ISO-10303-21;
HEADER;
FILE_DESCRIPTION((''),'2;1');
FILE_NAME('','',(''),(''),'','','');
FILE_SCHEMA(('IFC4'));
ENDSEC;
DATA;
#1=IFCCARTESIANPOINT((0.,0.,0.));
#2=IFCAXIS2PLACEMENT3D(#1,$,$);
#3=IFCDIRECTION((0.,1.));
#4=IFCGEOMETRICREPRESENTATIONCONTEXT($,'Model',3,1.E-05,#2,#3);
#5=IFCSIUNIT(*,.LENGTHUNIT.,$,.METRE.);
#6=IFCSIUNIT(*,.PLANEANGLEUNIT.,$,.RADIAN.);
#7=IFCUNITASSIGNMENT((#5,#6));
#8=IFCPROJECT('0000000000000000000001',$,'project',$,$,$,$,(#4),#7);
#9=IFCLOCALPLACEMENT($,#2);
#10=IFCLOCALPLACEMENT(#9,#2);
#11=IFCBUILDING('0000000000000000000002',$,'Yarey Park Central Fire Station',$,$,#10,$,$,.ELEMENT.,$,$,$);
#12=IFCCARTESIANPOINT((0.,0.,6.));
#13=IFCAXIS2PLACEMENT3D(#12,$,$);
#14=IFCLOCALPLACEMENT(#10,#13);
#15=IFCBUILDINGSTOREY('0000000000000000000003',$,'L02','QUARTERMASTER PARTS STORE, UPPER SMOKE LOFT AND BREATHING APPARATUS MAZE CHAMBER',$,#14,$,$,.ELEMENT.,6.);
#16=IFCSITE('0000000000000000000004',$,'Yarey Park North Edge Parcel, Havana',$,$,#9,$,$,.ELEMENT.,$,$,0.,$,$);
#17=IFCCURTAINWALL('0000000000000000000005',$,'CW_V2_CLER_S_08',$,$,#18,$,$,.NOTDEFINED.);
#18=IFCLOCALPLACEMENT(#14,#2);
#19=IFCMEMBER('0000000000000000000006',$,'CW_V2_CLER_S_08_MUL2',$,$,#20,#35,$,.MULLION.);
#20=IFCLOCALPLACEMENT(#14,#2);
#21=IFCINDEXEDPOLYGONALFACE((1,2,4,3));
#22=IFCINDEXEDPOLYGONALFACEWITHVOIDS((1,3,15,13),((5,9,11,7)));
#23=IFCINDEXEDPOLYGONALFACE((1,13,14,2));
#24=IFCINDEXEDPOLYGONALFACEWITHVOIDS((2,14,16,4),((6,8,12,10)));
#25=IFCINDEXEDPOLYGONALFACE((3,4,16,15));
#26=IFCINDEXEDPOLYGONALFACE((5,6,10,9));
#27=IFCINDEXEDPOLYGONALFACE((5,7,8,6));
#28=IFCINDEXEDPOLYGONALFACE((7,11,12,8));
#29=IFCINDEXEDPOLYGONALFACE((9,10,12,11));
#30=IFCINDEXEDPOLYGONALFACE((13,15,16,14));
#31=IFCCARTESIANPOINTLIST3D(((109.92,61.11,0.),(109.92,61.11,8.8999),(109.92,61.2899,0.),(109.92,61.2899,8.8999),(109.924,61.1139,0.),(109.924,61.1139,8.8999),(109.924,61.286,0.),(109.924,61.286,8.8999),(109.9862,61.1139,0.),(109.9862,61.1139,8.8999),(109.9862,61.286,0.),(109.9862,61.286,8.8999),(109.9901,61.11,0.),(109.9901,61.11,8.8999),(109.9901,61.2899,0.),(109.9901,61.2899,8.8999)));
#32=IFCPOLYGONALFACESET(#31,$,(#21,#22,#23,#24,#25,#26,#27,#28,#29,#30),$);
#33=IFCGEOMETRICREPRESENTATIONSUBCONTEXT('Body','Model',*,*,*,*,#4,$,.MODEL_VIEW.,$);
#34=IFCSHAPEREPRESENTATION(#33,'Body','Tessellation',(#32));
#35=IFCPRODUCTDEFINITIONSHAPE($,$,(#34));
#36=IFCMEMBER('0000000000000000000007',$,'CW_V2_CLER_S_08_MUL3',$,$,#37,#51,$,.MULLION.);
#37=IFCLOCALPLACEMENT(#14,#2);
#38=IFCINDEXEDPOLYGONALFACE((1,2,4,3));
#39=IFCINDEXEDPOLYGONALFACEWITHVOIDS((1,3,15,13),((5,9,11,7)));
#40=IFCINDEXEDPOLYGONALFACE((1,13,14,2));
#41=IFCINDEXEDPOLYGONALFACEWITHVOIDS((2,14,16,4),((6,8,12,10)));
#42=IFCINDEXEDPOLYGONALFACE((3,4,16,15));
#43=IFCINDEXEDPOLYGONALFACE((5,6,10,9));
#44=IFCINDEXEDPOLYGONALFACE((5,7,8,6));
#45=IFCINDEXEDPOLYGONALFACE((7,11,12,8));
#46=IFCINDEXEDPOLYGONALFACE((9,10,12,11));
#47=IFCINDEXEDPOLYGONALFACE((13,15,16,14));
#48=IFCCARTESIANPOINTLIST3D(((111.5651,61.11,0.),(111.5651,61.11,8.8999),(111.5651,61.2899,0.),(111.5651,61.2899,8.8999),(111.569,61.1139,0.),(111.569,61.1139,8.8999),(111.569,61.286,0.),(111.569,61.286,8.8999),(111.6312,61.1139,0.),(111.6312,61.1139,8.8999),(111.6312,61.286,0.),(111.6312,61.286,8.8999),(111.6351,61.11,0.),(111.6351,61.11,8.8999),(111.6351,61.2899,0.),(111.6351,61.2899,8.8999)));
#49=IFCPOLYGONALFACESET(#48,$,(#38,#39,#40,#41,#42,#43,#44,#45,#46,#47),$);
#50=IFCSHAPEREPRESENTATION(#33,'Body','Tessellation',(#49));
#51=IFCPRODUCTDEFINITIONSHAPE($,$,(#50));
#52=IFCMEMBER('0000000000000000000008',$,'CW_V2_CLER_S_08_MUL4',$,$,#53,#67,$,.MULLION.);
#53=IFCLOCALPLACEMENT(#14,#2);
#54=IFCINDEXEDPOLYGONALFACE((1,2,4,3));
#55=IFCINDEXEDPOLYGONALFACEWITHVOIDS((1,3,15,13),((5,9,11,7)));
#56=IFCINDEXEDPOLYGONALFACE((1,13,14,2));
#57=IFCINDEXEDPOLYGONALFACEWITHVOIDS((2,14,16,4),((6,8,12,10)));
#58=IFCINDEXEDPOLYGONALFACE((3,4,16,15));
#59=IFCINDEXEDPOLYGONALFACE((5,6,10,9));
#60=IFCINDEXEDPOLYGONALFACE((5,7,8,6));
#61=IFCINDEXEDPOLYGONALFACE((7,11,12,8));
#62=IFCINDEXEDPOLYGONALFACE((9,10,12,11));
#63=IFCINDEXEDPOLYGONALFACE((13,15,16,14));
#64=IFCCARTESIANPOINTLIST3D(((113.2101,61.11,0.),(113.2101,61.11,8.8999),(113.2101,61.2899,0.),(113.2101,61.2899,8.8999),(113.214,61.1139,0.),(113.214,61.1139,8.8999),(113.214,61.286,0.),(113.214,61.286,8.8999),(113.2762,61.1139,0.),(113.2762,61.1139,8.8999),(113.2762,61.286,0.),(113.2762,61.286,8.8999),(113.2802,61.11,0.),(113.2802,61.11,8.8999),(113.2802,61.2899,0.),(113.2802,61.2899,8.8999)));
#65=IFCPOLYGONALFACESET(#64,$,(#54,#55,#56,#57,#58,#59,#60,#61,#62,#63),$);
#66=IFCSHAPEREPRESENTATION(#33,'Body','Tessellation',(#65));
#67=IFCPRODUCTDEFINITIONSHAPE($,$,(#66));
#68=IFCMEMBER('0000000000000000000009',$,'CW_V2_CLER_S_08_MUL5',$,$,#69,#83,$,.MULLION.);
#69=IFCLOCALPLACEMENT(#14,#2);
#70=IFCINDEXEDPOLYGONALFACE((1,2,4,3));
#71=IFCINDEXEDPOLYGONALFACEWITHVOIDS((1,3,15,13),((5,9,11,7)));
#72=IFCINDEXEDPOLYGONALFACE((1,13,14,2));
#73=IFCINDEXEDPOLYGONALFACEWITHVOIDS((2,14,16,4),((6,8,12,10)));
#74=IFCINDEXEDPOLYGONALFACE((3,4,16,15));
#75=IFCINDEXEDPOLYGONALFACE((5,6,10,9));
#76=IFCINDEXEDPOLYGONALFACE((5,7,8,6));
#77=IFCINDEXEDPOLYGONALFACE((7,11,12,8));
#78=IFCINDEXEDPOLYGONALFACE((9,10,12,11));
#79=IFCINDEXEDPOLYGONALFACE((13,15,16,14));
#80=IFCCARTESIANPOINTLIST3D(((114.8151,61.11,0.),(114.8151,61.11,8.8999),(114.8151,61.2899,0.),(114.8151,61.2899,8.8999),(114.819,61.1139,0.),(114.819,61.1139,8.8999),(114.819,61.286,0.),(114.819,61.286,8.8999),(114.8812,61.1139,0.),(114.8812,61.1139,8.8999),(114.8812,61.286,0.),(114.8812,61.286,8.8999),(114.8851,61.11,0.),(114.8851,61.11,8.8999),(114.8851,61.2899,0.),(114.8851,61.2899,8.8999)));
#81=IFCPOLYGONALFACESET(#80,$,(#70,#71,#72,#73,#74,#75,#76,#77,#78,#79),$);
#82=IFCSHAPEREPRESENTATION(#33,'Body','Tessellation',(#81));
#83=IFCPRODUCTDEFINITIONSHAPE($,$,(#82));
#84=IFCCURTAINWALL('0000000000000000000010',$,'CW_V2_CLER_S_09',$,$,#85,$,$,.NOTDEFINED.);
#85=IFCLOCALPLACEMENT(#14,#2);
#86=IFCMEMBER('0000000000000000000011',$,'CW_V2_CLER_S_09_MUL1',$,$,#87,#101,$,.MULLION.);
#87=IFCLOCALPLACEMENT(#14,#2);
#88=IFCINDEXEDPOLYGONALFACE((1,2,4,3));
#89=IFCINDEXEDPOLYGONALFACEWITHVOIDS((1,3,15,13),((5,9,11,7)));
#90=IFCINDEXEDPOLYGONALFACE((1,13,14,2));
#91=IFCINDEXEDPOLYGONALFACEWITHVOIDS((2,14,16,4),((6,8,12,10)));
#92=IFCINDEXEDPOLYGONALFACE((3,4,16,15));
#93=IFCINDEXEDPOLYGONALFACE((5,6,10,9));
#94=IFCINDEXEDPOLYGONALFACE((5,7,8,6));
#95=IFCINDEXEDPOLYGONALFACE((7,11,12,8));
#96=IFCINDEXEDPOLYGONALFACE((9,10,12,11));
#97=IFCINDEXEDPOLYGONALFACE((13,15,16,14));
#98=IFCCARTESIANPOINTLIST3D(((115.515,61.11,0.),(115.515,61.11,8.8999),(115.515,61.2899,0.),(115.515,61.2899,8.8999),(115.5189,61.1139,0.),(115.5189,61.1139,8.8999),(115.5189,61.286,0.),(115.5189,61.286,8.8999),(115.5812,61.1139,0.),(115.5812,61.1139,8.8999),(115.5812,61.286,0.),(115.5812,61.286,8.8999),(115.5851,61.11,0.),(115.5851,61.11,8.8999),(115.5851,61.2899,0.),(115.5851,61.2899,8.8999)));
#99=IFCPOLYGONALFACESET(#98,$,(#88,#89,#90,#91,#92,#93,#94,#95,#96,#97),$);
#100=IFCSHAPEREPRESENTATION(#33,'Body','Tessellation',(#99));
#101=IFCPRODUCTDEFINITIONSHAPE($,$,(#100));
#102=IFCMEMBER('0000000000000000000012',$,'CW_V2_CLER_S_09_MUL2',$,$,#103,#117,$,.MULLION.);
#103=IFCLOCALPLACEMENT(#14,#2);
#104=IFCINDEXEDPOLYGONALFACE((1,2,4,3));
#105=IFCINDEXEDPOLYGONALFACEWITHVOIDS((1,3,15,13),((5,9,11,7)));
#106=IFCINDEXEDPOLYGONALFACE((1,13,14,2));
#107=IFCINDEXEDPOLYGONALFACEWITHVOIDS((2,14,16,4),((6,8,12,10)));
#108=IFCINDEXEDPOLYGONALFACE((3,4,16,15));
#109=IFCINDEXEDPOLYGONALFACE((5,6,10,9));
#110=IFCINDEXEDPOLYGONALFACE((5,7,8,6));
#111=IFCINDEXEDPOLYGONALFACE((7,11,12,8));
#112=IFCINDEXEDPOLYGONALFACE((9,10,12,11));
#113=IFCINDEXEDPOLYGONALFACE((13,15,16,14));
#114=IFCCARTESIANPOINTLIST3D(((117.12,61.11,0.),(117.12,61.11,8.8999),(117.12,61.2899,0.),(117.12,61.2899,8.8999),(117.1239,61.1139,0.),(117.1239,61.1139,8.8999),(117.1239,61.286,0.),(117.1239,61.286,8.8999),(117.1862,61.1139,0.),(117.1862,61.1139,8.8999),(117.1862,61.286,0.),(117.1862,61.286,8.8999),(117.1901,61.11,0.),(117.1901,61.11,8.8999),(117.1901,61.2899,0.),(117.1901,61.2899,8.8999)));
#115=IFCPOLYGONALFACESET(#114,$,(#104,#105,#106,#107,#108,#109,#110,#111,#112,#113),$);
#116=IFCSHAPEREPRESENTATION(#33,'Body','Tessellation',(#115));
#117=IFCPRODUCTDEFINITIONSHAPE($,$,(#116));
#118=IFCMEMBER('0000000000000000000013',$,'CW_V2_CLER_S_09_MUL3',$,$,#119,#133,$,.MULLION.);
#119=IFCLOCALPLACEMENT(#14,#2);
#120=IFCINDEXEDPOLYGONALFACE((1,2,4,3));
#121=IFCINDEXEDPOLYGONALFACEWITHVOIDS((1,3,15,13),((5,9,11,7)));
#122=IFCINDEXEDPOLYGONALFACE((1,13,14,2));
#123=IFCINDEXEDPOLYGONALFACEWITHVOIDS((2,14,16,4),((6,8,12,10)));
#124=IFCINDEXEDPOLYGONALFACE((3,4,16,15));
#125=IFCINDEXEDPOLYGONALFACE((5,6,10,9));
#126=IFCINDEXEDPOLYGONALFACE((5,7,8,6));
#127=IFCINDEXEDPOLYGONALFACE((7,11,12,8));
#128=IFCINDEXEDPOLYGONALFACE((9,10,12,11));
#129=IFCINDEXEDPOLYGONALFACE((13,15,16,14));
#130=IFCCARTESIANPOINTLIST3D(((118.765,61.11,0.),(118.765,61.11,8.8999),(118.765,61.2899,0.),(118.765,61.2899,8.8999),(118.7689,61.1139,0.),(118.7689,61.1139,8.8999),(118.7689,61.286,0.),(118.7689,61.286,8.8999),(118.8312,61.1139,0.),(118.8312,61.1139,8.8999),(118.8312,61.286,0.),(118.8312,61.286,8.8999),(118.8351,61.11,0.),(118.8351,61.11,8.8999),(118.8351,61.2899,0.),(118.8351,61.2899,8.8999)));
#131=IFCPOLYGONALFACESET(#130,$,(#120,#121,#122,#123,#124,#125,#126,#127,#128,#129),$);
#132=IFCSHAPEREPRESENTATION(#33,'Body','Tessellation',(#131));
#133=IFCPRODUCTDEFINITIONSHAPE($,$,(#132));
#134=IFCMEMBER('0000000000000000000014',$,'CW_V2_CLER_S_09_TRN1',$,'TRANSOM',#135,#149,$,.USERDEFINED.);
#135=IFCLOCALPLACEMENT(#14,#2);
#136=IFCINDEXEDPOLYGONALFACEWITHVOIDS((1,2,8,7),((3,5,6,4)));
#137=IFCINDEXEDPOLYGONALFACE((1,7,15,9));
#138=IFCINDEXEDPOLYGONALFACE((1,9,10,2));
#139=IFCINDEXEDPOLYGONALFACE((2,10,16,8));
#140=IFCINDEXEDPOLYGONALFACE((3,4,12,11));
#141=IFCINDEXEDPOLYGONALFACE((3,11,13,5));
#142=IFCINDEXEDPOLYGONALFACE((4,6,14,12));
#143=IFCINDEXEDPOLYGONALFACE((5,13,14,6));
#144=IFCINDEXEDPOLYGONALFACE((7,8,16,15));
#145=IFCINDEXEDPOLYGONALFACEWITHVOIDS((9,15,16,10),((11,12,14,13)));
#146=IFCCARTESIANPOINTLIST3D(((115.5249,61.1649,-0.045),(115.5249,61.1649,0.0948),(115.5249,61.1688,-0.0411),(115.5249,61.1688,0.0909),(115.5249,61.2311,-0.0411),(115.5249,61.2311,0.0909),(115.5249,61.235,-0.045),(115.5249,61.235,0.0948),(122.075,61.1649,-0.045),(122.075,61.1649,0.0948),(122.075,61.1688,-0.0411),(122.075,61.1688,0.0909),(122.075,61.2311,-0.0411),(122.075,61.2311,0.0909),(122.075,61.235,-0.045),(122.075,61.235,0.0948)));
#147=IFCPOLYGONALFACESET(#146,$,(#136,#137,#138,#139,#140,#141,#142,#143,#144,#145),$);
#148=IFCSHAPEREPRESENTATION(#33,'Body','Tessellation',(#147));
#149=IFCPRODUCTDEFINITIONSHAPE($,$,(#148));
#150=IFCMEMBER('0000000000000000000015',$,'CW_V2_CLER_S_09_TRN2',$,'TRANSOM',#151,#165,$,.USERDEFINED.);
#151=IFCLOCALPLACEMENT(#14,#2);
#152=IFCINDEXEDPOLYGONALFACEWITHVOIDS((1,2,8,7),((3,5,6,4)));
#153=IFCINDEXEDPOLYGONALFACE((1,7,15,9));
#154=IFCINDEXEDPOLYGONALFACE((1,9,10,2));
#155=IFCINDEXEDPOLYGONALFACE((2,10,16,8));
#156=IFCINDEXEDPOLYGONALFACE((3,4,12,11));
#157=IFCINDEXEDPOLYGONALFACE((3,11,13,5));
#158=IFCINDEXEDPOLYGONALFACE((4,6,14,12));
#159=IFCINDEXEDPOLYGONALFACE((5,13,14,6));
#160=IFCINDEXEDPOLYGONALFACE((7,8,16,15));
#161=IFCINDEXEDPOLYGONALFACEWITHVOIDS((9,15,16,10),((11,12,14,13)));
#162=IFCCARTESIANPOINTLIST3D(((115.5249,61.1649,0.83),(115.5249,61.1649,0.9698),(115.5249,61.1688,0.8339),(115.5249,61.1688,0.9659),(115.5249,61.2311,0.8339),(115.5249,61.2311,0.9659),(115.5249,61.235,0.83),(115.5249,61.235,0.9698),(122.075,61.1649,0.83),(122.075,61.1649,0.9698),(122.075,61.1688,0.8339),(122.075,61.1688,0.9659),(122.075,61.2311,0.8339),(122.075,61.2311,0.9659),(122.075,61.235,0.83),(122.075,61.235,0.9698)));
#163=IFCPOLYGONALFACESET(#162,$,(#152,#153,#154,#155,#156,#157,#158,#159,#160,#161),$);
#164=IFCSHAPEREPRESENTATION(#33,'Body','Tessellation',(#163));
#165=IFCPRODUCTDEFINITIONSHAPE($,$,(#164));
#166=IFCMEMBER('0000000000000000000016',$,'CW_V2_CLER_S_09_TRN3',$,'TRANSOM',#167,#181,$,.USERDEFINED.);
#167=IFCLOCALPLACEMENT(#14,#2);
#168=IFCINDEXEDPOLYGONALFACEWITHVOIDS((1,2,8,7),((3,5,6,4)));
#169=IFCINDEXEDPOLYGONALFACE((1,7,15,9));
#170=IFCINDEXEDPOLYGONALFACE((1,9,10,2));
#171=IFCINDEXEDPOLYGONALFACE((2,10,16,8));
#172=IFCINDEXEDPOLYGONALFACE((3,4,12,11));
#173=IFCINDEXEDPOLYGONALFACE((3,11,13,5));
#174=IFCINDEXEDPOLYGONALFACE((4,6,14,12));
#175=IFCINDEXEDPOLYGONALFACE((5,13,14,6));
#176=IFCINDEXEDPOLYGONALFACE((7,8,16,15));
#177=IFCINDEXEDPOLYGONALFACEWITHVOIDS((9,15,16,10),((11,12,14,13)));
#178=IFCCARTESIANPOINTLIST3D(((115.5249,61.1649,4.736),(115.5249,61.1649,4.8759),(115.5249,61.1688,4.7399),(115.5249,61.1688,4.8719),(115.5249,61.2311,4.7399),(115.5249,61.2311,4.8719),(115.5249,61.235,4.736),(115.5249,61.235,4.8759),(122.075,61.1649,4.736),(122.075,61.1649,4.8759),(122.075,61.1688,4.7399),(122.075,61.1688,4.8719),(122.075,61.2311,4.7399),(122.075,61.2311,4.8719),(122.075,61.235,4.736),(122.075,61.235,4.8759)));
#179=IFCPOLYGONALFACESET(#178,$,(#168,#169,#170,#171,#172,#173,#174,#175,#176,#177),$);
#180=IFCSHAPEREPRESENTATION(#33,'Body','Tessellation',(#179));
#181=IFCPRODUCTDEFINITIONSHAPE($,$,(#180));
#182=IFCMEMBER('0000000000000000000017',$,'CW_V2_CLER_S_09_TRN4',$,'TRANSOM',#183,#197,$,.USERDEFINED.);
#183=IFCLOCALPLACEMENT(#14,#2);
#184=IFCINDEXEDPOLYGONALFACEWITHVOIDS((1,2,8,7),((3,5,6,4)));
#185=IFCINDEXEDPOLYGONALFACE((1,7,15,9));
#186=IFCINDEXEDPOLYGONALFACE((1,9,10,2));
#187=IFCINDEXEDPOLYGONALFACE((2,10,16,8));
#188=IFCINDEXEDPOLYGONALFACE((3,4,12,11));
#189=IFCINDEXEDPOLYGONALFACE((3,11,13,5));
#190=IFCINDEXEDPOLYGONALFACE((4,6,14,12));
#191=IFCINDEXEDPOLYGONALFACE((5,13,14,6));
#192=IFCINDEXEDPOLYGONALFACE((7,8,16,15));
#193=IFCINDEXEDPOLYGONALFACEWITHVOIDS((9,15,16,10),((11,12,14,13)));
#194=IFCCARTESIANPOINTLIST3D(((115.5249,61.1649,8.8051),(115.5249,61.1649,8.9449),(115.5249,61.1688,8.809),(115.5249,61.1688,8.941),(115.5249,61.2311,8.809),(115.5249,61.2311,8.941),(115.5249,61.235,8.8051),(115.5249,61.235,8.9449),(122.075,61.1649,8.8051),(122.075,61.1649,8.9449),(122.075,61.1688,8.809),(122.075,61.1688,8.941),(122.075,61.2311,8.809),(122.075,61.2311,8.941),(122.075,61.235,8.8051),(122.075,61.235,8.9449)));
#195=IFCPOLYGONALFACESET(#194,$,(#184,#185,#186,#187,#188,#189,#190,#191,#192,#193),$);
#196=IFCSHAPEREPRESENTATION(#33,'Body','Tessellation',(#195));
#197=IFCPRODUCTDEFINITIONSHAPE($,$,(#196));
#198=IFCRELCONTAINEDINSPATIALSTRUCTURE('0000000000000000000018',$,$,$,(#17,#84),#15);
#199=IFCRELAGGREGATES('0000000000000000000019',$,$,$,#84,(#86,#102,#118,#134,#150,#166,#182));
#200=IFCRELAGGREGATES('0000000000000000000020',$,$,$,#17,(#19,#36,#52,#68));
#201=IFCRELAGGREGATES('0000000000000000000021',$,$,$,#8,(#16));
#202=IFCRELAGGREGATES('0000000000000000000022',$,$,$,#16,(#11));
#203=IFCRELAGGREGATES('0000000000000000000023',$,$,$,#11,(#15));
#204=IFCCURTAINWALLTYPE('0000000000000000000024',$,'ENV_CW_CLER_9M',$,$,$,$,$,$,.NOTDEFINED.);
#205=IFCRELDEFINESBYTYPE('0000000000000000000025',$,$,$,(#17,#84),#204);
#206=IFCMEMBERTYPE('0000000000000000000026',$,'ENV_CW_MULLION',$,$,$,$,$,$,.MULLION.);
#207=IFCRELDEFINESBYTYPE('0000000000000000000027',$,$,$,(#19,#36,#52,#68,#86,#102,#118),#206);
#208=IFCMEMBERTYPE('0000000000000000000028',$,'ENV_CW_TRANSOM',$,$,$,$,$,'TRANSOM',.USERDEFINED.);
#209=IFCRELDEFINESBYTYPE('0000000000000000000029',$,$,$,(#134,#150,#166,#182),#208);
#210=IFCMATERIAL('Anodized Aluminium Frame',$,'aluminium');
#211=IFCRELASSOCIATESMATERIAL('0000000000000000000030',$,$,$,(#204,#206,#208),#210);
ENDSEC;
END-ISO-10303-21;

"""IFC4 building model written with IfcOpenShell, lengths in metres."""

from ifc_helpers import new_model, si_unit, direction, frame, origin, origin_2d, place, context, subcontext, project, spatial, hollow_rectangle, extrude, material, material_profile, profile_set, type_object, element, aggregate, save


model = new_model("IFC4")

# Units and contexts
model_context = context("Model", 3, precision=1e-05, world=origin(), true_north=direction((0.0, 1.0)))
body_context = subcontext(model_context, "Body", "Model", "MODEL_VIEW")
ifc_project = project(units=[si_unit("LENGTHUNIT", "METRE"), si_unit("PLANEANGLEUNIT", "RADIAN")], contexts=[model_context])

# Site, building, storey
site_placement = place(None, origin())
site = spatial("IfcSite", under=ifc_project, at=site_placement, Name="Yarey Park North Edge Parcel, Havana", CompositionType="ELEMENT", RefElevation=0.0)
building_placement = place(site_placement, origin())
building = spatial("IfcBuilding", under=site, at=building_placement, Name="Yarey Park Central Fire Station", CompositionType="ELEMENT")
storey_placement = place(building_placement, frame((0.0, 0.0, 6.0)))
storey = spatial("IfcBuildingStorey", under=building, at=storey_placement, Name="L02", Description="QUARTERMASTER PARTS STORE, UPPER SMOKE LOFT AND BREATHING APPARATUS MAZE CHAMBER", CompositionType="ELEMENT", Elevation=6.0)

# Curtain walls, members
ifc_material_1 = material(Name="Anodized Aluminium Frame", Category="aluminium")
curtain_wall_type = type_object("IfcCurtainWallType", Name="ENV_CW_CLER_9M", PredefinedType="NOTDEFINED", material=ifc_material_1)
curtain_wall_1_placement = place(storey_placement, origin())
curtain_wall_1 = element("IfcCurtainWall", 1, at=curtain_wall_1_placement, inside=storey, type_object=curtain_wall_type, Name="CW_V2_CLER_S_08", PredefinedType="NOTDEFINED")
ifc_material_profile_1 = material_profile(ifc_material_1, hollow_rectangle(XDim=0.0701, YDim=0.1799, WallThickness=0.0039, at=origin_2d()), Name="ALU 180x70x4")
ifc_profile_set_1 = profile_set([ifc_material_profile_1], Name="Anodized Aluminium Frame")
member_type_1 = type_object("IfcMemberType", Name="ENV_CW_MULLION", PredefinedType="MULLION", material=ifc_profile_set_1)
member_1_placement = place(storey_placement, frame((109.9551, 61.2, 0.0), z_axis=(0.0, 0.0, 1.0), x_axis=(1.0, 0.0, 0.0)))
member_1 = element("IfcMember", 2, at=member_1_placement, type_object=member_type_1, Name="CW_V2_CLER_S_08_MUL2", PredefinedType="MULLION", context=body_context, shape_type="SweptSolid", body=[
    extrude(hollow_rectangle(XDim=0.0701, YDim=0.1799, WallThickness=0.0039, at=origin_2d()), origin(), (0.0, 0.0, 1.0), 8.8999),
])
member_2_placement = place(storey_placement, frame((111.6001, 61.2, 0.0), z_axis=(0.0, 0.0, 1.0), x_axis=(1.0, 0.0, 0.0)))
member_2 = element("IfcMember", 3, at=member_2_placement, type_object=member_type_1, Name="CW_V2_CLER_S_08_MUL3", PredefinedType="MULLION", context=body_context, shape_type="SweptSolid", body=[
    extrude(hollow_rectangle(XDim=0.0701, YDim=0.1799, WallThickness=0.0039, at=origin_2d()), origin(), (0.0, 0.0, 1.0), 8.8999),
])
member_3_placement = place(storey_placement, frame((113.2451, 61.2, 0.0), z_axis=(0.0, 0.0, 1.0), x_axis=(1.0, 0.0, 0.0)))
member_3 = element("IfcMember", 4, at=member_3_placement, type_object=member_type_1, Name="CW_V2_CLER_S_08_MUL4", PredefinedType="MULLION", context=body_context, shape_type="SweptSolid", body=[
    extrude(hollow_rectangle(XDim=0.0701, YDim=0.1799, WallThickness=0.0039, at=origin_2d()), origin(), (0.0, 0.0, 1.0), 8.8999),
])
member_4_placement = place(storey_placement, frame((114.8501, 61.2, 0.0), z_axis=(0.0, 0.0, 1.0), x_axis=(1.0, 0.0, 0.0)))
member_4 = element("IfcMember", 5, at=member_4_placement, type_object=member_type_1, Name="CW_V2_CLER_S_08_MUL5", PredefinedType="MULLION", context=body_context, shape_type="SweptSolid", body=[
    extrude(hollow_rectangle(XDim=0.0701, YDim=0.1799, WallThickness=0.0039, at=origin_2d()), origin(), (0.0, 0.0, 1.0), 8.8999),
])
curtain_wall_2_placement = place(storey_placement, origin())
curtain_wall_2 = element("IfcCurtainWall", 6, at=curtain_wall_2_placement, inside=storey, type_object=curtain_wall_type, Name="CW_V2_CLER_S_09", PredefinedType="NOTDEFINED")
member_5_placement = place(storey_placement, frame((115.55, 61.2, 0.0), z_axis=(0.0, 0.0, 1.0), x_axis=(1.0, 0.0, 0.0)))
member_5 = element("IfcMember", 7, at=member_5_placement, type_object=member_type_1, Name="CW_V2_CLER_S_09_MUL1", PredefinedType="MULLION", context=body_context, shape_type="SweptSolid", body=[
    extrude(hollow_rectangle(XDim=0.0701, YDim=0.1799, WallThickness=0.0039, at=origin_2d()), origin(), (0.0, 0.0, 1.0), 8.8999),
])
member_6_placement = place(storey_placement, frame((117.155, 61.2, 0.0), z_axis=(0.0, 0.0, 1.0), x_axis=(1.0, 0.0, 0.0)))
member_6 = element("IfcMember", 8, at=member_6_placement, type_object=member_type_1, Name="CW_V2_CLER_S_09_MUL2", PredefinedType="MULLION", context=body_context, shape_type="SweptSolid", body=[
    extrude(hollow_rectangle(XDim=0.0701, YDim=0.1799, WallThickness=0.0039, at=origin_2d()), origin(), (0.0, 0.0, 1.0), 8.8999),
])
member_7_placement = place(storey_placement, frame((118.8, 61.2, 0.0), z_axis=(0.0, 0.0, 1.0), x_axis=(1.0, 0.0, 0.0)))
member_7 = element("IfcMember", 9, at=member_7_placement, type_object=member_type_1, Name="CW_V2_CLER_S_09_MUL3", PredefinedType="MULLION", context=body_context, shape_type="SweptSolid", body=[
    extrude(hollow_rectangle(XDim=0.0701, YDim=0.1799, WallThickness=0.0039, at=origin_2d()), origin(), (0.0, 0.0, 1.0), 8.8999),
])
ifc_material_profile_2 = material_profile(ifc_material_1, hollow_rectangle(XDim=0.0701, YDim=0.1399, WallThickness=0.0039, at=origin_2d()), Name="ALU 140x70x4")
ifc_profile_set_2 = profile_set([ifc_material_profile_2], Name="Anodized Aluminium Frame")
member_type_2 = type_object("IfcMemberType", Name="ENV_CW_TRANSOM", ElementType="TRANSOM", PredefinedType="USERDEFINED", material=ifc_profile_set_2)
member_8_placement = place(storey_placement, frame((115.5249, 61.2, 0.0249), z_axis=(1.0, 0.0, 0.0), x_axis=(0.0, 1.0, 0.0)))
member_8 = element("IfcMember", 10, at=member_8_placement, type_object=member_type_2, Name="CW_V2_CLER_S_09_TRN1", ObjectType="TRANSOM", PredefinedType="USERDEFINED", context=body_context, shape_type="SweptSolid", body=[
    extrude(hollow_rectangle(XDim=0.0701, YDim=0.1399, WallThickness=0.0039, at=origin_2d()), origin(), (0.0, 0.0, 1.0), 6.55),
])
member_9_placement = place(storey_placement, frame((115.5249, 61.2, 0.8999), z_axis=(1.0, 0.0, 0.0), x_axis=(0.0, 1.0, 0.0)))
member_9 = element("IfcMember", 11, at=member_9_placement, type_object=member_type_2, Name="CW_V2_CLER_S_09_TRN2", ObjectType="TRANSOM", PredefinedType="USERDEFINED", context=body_context, shape_type="SweptSolid", body=[
    extrude(hollow_rectangle(XDim=0.0701, YDim=0.1399, WallThickness=0.0039, at=origin_2d()), origin(), (0.0, 0.0, 1.0), 6.55),
])
member_10_placement = place(storey_placement, frame((115.5249, 61.2, 4.8059), z_axis=(1.0, 0.0, 0.0), x_axis=(0.0, 1.0, 0.0)))
member_10 = element("IfcMember", 12, at=member_10_placement, type_object=member_type_2, Name="CW_V2_CLER_S_09_TRN3", ObjectType="TRANSOM", PredefinedType="USERDEFINED", context=body_context, shape_type="SweptSolid", body=[
    extrude(hollow_rectangle(XDim=0.0701, YDim=0.1399, WallThickness=0.0039, at=origin_2d()), origin(), (0.0, 0.0, 1.0), 6.55),
])
member_11_placement = place(storey_placement, frame((115.5249, 61.2, 8.875), z_axis=(1.0, 0.0, 0.0), x_axis=(0.0, 1.0, 0.0)))
member_11 = element("IfcMember", 13, at=member_11_placement, type_object=member_type_2, Name="CW_V2_CLER_S_09_TRN4", ObjectType="TRANSOM", PredefinedType="USERDEFINED", context=body_context, shape_type="SweptSolid", body=[
    extrude(hollow_rectangle(XDim=0.0701, YDim=0.1399, WallThickness=0.0039, at=origin_2d()), origin(), (0.0, 0.0, 1.0), 6.55),
])

aggregate(curtain_wall_2, [member_5, member_6, member_7, member_8, member_9, member_10, member_11])
aggregate(curtain_wall_1, [member_1, member_2, member_3, member_4])

save(model, "model.ifc")
